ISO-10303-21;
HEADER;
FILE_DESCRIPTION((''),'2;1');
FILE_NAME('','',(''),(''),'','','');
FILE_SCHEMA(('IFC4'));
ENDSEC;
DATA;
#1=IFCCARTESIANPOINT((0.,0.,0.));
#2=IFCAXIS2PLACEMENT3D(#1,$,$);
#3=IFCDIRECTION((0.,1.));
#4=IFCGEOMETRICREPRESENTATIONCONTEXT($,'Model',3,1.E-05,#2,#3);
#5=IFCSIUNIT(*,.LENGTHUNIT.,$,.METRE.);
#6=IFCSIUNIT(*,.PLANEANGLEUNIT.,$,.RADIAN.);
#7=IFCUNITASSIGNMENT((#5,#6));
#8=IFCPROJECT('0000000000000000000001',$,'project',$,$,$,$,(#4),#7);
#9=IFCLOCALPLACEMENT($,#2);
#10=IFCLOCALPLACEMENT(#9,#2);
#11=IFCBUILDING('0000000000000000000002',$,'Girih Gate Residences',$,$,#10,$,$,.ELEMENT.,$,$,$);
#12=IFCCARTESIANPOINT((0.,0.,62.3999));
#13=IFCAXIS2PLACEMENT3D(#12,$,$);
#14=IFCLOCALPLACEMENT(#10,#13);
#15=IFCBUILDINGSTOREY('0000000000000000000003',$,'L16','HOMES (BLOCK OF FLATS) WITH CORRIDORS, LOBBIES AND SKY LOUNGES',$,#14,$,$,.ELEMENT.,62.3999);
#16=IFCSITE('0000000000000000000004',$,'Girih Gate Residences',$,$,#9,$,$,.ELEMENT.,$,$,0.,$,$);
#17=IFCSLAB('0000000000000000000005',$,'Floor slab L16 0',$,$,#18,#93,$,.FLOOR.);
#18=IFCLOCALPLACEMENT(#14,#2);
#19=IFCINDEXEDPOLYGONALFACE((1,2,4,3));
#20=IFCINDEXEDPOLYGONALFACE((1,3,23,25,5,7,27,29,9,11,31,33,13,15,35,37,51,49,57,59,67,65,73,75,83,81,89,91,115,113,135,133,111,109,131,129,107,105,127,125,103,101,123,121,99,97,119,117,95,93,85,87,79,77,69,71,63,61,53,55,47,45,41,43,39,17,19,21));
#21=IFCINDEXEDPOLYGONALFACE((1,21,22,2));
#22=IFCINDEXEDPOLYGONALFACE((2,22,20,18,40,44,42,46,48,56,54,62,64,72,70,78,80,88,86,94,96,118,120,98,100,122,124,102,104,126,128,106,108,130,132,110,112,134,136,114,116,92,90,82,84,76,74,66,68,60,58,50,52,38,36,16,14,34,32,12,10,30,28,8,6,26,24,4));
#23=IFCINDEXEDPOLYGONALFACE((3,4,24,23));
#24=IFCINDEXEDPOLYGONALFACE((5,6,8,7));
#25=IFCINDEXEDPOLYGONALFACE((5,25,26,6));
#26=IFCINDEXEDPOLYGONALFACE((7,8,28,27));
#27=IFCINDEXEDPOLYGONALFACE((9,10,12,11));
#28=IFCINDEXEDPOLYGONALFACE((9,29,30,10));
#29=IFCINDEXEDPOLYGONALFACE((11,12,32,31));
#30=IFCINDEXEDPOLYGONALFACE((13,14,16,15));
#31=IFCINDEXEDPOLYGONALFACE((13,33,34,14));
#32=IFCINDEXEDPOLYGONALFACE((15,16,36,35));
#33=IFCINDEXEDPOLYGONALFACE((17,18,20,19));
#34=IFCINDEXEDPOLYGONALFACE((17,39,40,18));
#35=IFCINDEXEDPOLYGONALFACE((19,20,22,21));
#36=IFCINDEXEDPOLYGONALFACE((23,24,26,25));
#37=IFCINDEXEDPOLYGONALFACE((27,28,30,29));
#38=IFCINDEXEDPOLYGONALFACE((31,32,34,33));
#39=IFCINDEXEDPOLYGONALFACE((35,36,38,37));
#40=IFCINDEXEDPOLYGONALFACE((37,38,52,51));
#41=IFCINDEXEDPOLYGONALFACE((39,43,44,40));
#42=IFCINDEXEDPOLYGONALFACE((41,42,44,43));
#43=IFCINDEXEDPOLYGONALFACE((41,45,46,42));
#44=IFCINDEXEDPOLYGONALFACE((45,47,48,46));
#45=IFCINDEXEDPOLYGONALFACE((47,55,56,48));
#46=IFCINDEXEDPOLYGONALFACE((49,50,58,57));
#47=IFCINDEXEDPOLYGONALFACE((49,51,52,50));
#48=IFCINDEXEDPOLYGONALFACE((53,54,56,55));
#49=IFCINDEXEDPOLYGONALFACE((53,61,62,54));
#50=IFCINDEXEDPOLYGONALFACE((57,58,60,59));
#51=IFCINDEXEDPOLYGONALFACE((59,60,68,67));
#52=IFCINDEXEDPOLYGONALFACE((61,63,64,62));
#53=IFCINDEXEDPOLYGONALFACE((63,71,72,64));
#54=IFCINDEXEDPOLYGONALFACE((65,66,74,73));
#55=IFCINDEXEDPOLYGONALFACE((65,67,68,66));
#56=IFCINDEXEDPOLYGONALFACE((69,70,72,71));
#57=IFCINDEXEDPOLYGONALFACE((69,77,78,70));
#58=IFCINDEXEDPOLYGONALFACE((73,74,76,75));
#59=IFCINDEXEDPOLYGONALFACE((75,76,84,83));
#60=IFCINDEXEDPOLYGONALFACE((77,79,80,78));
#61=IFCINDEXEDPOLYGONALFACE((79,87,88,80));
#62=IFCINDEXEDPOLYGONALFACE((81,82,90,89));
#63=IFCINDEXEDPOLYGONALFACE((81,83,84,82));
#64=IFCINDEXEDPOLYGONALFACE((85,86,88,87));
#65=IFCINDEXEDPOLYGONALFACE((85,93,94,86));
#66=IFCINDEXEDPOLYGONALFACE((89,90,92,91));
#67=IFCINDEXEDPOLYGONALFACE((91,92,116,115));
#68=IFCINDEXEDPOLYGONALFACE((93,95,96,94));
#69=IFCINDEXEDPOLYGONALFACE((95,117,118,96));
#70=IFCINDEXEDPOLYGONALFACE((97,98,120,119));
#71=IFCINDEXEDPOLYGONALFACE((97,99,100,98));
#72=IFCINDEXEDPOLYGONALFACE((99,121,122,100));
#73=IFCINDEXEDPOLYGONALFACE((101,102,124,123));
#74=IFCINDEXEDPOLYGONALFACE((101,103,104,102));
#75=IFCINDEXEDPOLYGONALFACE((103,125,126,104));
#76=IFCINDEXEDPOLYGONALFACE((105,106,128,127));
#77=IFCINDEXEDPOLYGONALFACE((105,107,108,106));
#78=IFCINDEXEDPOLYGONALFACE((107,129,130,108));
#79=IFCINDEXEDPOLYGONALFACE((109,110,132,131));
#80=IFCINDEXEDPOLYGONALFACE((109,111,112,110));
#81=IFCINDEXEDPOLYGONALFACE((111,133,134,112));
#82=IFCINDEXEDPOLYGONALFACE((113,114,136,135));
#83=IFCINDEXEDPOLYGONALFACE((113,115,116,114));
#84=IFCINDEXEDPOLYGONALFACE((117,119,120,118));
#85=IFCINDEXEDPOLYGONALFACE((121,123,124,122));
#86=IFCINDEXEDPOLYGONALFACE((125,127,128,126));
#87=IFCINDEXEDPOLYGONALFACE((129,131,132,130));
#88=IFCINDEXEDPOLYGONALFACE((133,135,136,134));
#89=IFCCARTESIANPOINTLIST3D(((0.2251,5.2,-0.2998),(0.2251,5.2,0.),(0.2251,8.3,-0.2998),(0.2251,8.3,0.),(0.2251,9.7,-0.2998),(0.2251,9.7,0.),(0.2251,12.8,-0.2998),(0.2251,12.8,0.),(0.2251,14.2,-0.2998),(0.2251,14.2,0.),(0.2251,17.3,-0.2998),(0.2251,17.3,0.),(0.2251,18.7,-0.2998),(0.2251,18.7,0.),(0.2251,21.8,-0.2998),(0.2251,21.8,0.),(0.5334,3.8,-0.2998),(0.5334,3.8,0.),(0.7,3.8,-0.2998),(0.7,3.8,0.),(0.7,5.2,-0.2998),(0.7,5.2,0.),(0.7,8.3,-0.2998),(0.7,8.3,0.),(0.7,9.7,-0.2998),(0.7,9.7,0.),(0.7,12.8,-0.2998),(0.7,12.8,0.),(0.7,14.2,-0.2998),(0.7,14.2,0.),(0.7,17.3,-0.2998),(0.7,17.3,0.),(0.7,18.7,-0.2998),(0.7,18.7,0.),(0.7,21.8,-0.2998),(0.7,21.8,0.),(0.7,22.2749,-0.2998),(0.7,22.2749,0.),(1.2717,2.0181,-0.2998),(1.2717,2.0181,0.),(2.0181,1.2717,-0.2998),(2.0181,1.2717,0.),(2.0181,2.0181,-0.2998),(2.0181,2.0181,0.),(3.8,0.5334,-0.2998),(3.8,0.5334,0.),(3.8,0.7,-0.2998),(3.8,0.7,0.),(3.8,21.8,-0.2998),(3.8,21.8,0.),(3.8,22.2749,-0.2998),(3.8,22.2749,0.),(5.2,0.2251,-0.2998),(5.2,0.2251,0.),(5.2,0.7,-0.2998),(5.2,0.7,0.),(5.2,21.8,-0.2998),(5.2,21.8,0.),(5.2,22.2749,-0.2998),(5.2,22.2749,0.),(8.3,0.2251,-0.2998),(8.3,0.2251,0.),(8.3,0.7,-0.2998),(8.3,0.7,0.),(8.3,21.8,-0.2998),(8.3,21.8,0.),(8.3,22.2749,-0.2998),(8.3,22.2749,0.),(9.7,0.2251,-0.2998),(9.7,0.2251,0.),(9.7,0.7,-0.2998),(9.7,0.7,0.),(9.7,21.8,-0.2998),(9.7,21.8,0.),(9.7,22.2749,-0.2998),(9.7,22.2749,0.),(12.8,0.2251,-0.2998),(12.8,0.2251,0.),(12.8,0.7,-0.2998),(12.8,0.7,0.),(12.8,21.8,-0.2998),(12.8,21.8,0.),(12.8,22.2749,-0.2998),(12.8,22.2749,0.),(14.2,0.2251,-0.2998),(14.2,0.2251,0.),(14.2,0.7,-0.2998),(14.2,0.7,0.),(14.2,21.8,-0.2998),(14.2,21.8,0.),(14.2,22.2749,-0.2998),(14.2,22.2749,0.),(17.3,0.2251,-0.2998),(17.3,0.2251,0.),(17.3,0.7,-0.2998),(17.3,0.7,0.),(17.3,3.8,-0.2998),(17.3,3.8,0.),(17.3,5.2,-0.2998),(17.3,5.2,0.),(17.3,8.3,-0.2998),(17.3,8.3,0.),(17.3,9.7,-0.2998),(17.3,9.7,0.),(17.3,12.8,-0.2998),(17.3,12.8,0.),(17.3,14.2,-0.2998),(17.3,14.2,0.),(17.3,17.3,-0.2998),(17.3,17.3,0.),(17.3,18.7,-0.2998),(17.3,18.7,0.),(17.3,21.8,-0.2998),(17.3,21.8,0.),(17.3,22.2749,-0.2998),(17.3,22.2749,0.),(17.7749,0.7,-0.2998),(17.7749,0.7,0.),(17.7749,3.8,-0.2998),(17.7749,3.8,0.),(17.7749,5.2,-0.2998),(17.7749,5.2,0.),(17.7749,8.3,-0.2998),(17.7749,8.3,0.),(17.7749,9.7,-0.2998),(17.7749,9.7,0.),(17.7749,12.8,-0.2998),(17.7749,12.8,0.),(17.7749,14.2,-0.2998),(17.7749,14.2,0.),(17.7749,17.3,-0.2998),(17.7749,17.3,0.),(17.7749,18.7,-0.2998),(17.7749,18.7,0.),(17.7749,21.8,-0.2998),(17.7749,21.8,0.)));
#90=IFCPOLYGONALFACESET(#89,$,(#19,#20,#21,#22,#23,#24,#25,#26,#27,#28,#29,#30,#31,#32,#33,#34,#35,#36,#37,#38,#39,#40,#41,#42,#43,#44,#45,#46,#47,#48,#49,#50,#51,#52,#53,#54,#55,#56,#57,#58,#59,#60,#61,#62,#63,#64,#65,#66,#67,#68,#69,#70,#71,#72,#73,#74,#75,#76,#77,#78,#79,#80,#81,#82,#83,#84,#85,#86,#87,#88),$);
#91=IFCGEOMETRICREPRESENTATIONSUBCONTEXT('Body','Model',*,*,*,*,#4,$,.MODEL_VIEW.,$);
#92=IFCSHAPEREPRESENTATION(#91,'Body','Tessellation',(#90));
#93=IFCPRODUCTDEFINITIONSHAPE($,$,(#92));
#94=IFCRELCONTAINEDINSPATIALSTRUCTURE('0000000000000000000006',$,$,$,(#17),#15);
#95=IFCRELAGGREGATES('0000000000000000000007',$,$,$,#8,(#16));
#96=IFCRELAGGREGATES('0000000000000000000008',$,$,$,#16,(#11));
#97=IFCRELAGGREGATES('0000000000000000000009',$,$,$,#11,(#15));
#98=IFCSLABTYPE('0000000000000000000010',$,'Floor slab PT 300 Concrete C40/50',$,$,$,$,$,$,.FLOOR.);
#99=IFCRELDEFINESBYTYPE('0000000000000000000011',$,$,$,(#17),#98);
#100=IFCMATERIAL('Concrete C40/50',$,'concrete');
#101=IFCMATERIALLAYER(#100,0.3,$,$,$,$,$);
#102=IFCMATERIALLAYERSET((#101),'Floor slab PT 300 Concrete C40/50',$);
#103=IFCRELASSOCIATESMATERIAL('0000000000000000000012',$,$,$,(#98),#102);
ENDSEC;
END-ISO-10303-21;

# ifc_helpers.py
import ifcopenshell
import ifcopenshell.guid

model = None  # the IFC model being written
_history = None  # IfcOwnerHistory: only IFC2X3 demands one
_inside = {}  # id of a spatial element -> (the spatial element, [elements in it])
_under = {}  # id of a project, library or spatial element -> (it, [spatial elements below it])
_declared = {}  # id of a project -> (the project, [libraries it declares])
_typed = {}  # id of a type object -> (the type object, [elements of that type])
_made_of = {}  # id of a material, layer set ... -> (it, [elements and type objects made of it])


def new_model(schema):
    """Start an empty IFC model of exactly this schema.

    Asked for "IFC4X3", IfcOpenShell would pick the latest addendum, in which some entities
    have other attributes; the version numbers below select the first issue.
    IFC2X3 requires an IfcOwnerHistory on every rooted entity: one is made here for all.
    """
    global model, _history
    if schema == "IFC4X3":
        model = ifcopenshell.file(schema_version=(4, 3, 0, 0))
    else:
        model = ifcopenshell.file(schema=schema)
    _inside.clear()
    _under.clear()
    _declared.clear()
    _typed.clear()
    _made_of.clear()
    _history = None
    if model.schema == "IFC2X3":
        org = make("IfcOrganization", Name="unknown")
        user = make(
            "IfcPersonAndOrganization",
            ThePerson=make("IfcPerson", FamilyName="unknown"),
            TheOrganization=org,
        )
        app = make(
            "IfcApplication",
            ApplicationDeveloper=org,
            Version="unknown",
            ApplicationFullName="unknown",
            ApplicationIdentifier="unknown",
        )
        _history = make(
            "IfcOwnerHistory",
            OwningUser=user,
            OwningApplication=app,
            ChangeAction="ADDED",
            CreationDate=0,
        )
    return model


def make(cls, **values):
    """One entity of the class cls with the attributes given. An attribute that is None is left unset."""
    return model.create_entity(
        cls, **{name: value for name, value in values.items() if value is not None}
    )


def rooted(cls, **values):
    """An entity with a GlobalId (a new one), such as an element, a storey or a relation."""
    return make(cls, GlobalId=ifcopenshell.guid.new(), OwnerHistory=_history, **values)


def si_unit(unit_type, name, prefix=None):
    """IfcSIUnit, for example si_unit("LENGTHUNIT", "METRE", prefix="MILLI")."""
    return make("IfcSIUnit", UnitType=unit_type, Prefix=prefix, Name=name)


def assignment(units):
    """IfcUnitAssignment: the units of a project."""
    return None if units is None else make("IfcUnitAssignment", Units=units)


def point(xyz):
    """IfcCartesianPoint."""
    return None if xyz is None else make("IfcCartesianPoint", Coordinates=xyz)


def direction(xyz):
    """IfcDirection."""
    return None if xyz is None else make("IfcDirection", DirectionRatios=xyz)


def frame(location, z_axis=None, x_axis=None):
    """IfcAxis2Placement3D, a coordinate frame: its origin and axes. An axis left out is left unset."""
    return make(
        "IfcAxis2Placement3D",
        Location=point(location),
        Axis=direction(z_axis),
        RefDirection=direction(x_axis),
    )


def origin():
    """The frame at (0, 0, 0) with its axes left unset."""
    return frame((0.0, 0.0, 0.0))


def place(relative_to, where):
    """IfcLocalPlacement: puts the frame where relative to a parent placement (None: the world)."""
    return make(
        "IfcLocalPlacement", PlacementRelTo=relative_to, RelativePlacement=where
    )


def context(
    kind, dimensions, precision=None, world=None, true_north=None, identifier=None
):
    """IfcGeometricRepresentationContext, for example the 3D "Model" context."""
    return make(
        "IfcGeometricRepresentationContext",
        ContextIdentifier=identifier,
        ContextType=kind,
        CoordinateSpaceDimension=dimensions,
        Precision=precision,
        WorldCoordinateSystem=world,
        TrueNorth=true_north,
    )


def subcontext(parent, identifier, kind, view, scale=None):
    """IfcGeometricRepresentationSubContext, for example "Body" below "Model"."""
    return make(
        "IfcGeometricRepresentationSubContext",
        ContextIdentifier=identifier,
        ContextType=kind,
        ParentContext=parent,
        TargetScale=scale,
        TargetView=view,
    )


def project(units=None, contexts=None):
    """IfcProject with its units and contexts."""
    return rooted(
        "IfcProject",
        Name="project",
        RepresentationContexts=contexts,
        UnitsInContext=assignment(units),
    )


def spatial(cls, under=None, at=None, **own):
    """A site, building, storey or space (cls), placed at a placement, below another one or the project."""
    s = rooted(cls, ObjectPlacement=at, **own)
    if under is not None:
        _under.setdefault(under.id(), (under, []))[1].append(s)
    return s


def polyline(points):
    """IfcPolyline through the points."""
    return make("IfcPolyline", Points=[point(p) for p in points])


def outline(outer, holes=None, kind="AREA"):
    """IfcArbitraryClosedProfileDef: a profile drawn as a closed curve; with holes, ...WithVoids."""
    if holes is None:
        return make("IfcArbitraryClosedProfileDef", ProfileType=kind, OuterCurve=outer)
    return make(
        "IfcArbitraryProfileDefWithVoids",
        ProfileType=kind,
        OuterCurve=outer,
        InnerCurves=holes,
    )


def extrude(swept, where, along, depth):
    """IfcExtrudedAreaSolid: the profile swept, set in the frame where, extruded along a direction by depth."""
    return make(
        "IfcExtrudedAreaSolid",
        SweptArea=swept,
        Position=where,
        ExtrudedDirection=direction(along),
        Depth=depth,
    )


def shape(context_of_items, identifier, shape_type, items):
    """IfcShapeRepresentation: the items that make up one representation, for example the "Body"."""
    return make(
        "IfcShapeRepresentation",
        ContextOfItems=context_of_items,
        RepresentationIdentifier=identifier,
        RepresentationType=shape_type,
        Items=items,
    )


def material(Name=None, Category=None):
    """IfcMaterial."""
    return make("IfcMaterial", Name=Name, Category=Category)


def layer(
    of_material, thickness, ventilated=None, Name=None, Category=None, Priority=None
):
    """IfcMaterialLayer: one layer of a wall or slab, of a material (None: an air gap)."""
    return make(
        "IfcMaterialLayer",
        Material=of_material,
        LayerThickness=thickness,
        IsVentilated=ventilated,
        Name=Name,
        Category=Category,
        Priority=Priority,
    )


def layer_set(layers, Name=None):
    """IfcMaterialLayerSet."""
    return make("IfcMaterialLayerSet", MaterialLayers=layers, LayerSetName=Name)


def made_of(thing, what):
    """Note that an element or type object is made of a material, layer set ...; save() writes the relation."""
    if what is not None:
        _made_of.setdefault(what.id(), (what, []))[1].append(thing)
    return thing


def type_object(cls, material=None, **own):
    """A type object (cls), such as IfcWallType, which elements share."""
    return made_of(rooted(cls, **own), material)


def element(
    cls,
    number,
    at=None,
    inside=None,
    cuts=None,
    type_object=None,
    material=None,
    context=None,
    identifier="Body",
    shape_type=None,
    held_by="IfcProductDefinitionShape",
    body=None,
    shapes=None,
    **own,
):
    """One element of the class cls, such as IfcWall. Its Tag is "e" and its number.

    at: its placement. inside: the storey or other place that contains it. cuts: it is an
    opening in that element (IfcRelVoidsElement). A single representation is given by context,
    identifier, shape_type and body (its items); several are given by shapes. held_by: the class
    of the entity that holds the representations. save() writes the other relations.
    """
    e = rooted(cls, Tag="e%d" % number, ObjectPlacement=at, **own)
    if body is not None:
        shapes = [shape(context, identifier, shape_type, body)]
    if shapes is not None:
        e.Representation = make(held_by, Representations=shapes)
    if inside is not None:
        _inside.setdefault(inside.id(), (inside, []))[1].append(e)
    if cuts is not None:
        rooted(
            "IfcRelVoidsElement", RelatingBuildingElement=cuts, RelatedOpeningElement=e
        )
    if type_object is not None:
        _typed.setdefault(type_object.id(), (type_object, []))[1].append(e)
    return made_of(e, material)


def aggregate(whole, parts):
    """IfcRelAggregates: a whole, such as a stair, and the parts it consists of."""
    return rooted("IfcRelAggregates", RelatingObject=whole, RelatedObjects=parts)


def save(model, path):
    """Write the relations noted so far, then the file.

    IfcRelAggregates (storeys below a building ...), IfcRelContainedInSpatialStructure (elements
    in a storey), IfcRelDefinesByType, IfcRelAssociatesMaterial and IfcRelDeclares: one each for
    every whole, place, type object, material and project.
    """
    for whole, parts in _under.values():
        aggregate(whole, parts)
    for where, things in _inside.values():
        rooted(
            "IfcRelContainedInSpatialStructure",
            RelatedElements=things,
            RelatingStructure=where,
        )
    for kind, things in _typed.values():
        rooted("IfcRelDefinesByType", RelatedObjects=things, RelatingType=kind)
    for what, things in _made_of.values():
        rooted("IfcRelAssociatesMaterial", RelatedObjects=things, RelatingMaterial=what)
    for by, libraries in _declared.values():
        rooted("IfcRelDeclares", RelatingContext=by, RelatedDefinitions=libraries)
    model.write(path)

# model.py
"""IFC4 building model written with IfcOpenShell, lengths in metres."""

from ifc_helpers import new_model, si_unit, direction, frame, origin, place, context, subcontext, project, spatial, polyline, outline, extrude, material, layer, layer_set, type_object, element, save


model = new_model("IFC4")

# Units and contexts
model_context = context("Model", 3, precision=1e-05, world=origin(), true_north=direction((0.0, 1.0)))
body_context = subcontext(model_context, "Body", "Model", "MODEL_VIEW")
ifc_project = project(units=[si_unit("LENGTHUNIT", "METRE"), si_unit("PLANEANGLEUNIT", "RADIAN")], contexts=[model_context])

# Site, building, storey
site_placement = place(None, origin())
site = spatial("IfcSite", under=ifc_project, at=site_placement, Name="Girih Gate Residences", CompositionType="ELEMENT", RefElevation=0.0)
building_placement = place(site_placement, origin())
building = spatial("IfcBuilding", under=site, at=building_placement, Name="Girih Gate Residences", CompositionType="ELEMENT")
storey_placement = place(building_placement, frame((0.0, 0.0, 62.3999)))
storey = spatial("IfcBuildingStorey", under=building, at=storey_placement, Name="L16", Description="HOMES (BLOCK OF FLATS) WITH CORRIDORS, LOBBIES AND SKY LOUNGES", CompositionType="ELEMENT", Elevation=62.3999)

# Slab
ifc_material_1 = material(Name="Concrete C40/50", Category="concrete")
ifc_layer_1 = layer(ifc_material_1, 0.3)
ifc_layer_set_1 = layer_set([ifc_layer_1], Name="Floor slab PT 300 Concrete C40/50")
slab_type_1 = type_object("IfcSlabType", Name="Floor slab PT 300 Concrete C40/50", PredefinedType="FLOOR", material=ifc_layer_set_1)
slab_1_placement = place(storey_placement, frame((0.0, 0.0, -0.2998)))
element("IfcSlab", 1, at=slab_1_placement, inside=storey, type_object=slab_type_1, Name="Floor slab L16 0", PredefinedType="FLOOR", context=body_context, shape_type="SweptSolid", body=[
    extrude(outline(polyline([(0.2251, 8.3), (0.2251, 5.2), (0.7, 5.2), (0.7, 3.8), (0.5334, 3.8), (1.2717, 2.0181), (2.0181, 2.0181), (2.0181, 1.2717), (3.8, 0.5334), (3.8, 0.7), (5.2, 0.7), (5.2, 0.2251), (8.3, 0.2251), (8.3, 0.7), (9.7, 0.7), (9.7, 0.2251), (12.8, 0.2251), (12.8, 0.7), (14.2, 0.7), (14.2, 0.2251), (17.3, 0.2251), (17.3, 0.7), (17.7749, 0.7), (17.7749, 3.8), (17.3, 3.8), (17.3, 5.2), (17.7749, 5.2), (17.7749, 8.3), (17.3, 8.3), (17.3, 9.7), (17.7749, 9.7), (17.7749, 12.8), (17.3, 12.8), (17.3, 14.2), (17.7749, 14.2), (17.7749, 17.3), (17.3, 17.3), (17.3, 18.7), (17.7749, 18.7), (17.7749, 21.8), (17.3, 21.8), (17.3, 22.2749), (14.2, 22.2749), (14.2, 21.8), (12.8, 21.8), (12.8, 22.2749), (9.7, 22.2749), (9.7, 21.8), (8.3, 21.8), (8.3, 22.2749), (5.2, 22.2749), (5.2, 21.8), (3.8, 21.8), (3.8, 22.2749), (0.7, 22.2749), (0.7, 21.8), (0.2251, 21.8), (0.2251, 18.7), (0.7, 18.7), (0.7, 17.3), (0.2251, 17.3), (0.2251, 14.2), (0.7, 14.2), (0.7, 12.8), (0.2251, 12.8), (0.2251, 9.7), (0.7, 9.7), (0.7, 8.3), (0.2251, 8.3)])), origin(), (0.0, 0.0, 1.0), 0.2998),
])

save(model, "model.ifc")
